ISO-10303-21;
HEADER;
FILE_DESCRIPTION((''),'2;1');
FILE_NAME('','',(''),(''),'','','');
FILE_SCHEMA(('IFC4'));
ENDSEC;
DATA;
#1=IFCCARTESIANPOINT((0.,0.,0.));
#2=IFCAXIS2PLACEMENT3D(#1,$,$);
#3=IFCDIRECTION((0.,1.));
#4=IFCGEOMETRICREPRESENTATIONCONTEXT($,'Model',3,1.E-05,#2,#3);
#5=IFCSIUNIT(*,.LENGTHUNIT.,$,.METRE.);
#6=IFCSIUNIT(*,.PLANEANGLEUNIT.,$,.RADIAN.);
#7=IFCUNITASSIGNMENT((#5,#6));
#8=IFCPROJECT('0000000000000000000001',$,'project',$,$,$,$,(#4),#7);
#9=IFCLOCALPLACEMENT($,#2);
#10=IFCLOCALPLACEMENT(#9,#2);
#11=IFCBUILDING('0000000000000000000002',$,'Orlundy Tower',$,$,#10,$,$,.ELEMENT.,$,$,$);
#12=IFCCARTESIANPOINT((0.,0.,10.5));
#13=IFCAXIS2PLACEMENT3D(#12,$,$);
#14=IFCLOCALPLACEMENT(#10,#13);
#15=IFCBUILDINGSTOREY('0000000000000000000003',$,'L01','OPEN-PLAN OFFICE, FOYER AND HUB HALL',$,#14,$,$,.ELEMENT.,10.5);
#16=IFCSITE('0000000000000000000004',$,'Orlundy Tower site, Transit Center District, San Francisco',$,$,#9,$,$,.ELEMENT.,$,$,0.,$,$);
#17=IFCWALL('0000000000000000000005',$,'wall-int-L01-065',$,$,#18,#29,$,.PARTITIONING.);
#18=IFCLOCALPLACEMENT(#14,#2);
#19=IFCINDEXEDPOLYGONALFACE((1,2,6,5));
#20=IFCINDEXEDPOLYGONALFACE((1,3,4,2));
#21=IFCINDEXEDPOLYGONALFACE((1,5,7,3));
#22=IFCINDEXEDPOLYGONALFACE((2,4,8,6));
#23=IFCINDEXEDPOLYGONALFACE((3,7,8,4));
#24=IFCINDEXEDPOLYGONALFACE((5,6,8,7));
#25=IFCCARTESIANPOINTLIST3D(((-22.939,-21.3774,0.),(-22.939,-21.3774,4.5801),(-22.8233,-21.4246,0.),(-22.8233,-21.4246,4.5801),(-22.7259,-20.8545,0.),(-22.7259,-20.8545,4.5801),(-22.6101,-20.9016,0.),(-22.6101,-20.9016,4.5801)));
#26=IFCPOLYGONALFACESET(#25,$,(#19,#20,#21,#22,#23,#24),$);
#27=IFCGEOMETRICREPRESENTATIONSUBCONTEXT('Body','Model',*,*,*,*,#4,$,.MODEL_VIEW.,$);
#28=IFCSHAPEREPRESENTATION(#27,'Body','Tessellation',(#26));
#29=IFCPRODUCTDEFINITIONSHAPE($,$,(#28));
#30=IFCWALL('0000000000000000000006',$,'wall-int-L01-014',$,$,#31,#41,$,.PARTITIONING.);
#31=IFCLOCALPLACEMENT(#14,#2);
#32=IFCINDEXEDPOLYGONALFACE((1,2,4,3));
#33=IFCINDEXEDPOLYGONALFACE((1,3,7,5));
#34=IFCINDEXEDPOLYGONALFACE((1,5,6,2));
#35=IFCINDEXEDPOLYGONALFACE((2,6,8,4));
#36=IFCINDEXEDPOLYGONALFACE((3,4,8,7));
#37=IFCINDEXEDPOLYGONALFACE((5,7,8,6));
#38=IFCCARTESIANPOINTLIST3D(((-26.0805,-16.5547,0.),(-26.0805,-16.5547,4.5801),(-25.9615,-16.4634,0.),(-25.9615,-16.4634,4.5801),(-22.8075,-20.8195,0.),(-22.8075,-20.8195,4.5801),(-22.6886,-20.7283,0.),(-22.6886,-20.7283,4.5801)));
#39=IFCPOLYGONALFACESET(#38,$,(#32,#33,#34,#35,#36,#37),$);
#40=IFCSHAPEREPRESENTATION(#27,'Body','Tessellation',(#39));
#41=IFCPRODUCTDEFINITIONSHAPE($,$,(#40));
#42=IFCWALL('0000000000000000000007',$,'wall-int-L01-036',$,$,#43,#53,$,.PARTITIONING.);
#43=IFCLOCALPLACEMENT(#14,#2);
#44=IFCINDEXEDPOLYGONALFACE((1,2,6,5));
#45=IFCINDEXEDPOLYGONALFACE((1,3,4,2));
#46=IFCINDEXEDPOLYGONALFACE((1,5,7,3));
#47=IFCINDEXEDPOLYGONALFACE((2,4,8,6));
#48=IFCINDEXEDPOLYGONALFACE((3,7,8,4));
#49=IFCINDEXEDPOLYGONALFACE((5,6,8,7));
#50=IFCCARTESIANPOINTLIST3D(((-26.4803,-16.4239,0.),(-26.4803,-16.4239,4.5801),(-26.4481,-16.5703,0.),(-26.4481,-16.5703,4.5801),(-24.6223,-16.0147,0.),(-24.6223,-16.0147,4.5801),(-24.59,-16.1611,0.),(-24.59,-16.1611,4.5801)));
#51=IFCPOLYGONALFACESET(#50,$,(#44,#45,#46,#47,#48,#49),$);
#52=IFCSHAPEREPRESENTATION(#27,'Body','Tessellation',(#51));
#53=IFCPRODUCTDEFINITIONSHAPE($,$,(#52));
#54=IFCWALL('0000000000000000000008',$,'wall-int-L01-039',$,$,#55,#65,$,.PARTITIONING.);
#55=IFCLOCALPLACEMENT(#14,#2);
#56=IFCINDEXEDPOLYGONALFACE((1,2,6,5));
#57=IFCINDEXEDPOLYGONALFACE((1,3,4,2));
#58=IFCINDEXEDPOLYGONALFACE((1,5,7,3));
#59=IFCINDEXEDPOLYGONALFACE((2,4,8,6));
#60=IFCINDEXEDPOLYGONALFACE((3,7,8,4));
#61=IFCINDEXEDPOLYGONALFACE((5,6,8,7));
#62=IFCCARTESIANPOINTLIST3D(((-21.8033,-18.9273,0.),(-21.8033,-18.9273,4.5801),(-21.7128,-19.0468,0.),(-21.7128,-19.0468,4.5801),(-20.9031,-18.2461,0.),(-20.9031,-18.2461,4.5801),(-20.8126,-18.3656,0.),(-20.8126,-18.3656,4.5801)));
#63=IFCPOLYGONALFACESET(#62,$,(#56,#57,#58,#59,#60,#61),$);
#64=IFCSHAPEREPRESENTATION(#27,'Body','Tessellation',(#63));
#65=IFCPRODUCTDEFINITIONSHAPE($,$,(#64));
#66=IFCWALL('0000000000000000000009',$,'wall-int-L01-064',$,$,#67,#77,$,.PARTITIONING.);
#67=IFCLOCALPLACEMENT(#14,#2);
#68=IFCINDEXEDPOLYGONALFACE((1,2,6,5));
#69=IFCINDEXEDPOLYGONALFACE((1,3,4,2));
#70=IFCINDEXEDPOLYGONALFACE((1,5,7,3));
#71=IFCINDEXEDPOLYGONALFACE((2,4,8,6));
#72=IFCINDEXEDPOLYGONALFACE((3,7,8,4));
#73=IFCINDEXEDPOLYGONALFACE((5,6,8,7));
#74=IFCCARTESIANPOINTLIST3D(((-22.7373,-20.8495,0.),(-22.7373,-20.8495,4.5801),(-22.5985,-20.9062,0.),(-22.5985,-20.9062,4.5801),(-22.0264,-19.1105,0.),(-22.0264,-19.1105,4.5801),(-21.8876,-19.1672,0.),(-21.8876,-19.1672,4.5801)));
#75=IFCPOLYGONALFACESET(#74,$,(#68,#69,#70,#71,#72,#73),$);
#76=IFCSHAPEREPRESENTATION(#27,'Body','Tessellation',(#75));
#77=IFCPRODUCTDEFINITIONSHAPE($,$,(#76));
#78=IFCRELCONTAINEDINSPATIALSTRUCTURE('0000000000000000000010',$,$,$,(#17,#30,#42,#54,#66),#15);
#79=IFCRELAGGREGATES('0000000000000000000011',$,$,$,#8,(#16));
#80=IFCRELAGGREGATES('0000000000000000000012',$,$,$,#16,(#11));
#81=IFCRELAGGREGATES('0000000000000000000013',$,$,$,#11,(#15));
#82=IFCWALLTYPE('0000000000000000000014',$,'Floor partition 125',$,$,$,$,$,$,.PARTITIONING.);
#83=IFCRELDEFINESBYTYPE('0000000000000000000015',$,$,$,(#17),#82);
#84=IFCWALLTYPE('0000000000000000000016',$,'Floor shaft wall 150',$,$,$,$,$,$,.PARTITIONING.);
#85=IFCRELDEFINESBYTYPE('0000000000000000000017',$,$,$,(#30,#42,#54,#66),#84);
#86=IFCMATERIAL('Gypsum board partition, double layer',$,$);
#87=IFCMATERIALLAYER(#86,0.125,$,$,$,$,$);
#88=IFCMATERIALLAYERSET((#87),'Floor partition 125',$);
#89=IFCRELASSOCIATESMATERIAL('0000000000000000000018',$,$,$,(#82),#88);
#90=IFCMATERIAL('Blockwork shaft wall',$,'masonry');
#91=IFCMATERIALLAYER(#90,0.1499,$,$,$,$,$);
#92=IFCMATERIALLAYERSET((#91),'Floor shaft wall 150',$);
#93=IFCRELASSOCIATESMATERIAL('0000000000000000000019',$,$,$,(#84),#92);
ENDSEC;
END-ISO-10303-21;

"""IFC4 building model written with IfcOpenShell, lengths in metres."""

from ifc_helpers import new_model, si_unit, direction, frame, frame_2d, origin, place, context, subcontext, project, spatial, rectangle, extrude, material, layer, layer_set, type_object, element, save


model = new_model("IFC4")

# Units and contexts
model_context = context("Model", 3, precision=1e-05, world=origin(), true_north=direction((0.0, 1.0)))
body_context = subcontext(model_context, "Body", "Model", "MODEL_VIEW")
ifc_project = project(units=[si_unit("LENGTHUNIT", "METRE"), si_unit("PLANEANGLEUNIT", "RADIAN")], contexts=[model_context])

# Site, building, storey
site_placement = place(None, origin())
site = spatial("IfcSite", under=ifc_project, at=site_placement, Name="Orlundy Tower site, Transit Center District, San Francisco", CompositionType="ELEMENT", RefElevation=0.0)
building_placement = place(site_placement, origin())
building = spatial("IfcBuilding", under=site, at=building_placement, Name="Orlundy Tower", CompositionType="ELEMENT")
storey_placement = place(building_placement, frame((0.0, 0.0, 10.5)))
storey = spatial("IfcBuildingStorey", under=building, at=storey_placement, Name="L01", Description="OPEN-PLAN OFFICE, FOYER AND HUB HALL", CompositionType="ELEMENT", Elevation=10.5)

# Shared definitions
ifc_material_1 = material(Name="Gypsum board partition, double layer")
ifc_layer_1 = layer(ifc_material_1, 0.125)
ifc_layer_set_1 = layer_set([ifc_layer_1], Name="Floor partition 125")
wall_type_1 = type_object("IfcWallType", Name="Floor partition 125", PredefinedType="PARTITIONING", material=ifc_layer_set_1)

# Walls
wall_1_placement = place(storey_placement, frame((-22.8811, -21.4009, 0.0), z_axis=(0.0, 0.0, 1.0), x_axis=(0.37742, 0.926042, 0.0)))
element("IfcWall", 1, at=wall_1_placement, inside=storey, type_object=wall_type_1, Name="wall-int-L01-065", PredefinedType="PARTITIONING", context=body_context, shape_type="SweptSolid", body=[
    extrude(rectangle(XDim=0.5647, YDim=0.125, at=frame_2d((0.2822, 0.0))), origin(), (0.0, 0.0, 1.0), 4.5801),
])
ifc_material_2 = material(Name="Blockwork shaft wall", Category="masonry")
ifc_layer_2 = layer(ifc_material_2, 0.1499)
ifc_layer_set_2 = layer_set([ifc_layer_2], Name="Floor shaft wall 150")
wall_type_2 = type_object("IfcWallType", Name="Floor shaft wall 150", PredefinedType="PARTITIONING", material=ifc_layer_set_2)
wall_2_placement = place(storey_placement, frame((-26.021, -16.509, 0.0), z_axis=(0.0, 0.0, 1.0), x_axis=(0.608806, -0.793319, 0.0)))
element("IfcWall", 2, at=wall_2_placement, inside=storey, type_object=wall_type_2, Name="wall-int-L01-014", PredefinedType="PARTITIONING", context=body_context, shape_type="SweptSolid", body=[
    extrude(rectangle(XDim=5.376, YDim=0.1499, at=frame_2d((2.688, 0.0))), origin(), (0.0, 0.0, 1.0), 4.5801),
])
wall_3_placement = place(storey_placement, frame((-26.4641, -16.4971, 0.0), z_axis=(0.0, 0.0, 1.0), x_axis=(0.976602, 0.215055, 0.0)))
element("IfcWall", 3, at=wall_3_placement, inside=storey, type_object=wall_type_2, Name="wall-int-L01-036", PredefinedType="PARTITIONING", context=body_context, shape_type="SweptSolid", body=[
    extrude(rectangle(XDim=1.9026, YDim=0.1499, at=frame_2d((0.9512, 0.0))), origin(), (0.0, 0.0, 1.0), 4.5801),
])
wall_4_placement = place(storey_placement, frame((-21.7581, -18.9871, 0.0), z_axis=(0.0, 0.0, 1.0), x_axis=(0.797423, 0.60342, 0.0)))
element("IfcWall", 4, at=wall_4_placement, inside=storey, type_object=wall_type_2, Name="wall-int-L01-039", PredefinedType="PARTITIONING", context=body_context, shape_type="SweptSolid", body=[
    extrude(rectangle(XDim=1.1289, YDim=0.1499, at=frame_2d((0.5645, 0.0))), origin(), (0.0, 0.0, 1.0), 4.5801),
])
wall_5_placement = place(storey_placement, frame((-22.668, -20.8779, 0.0), z_axis=(0.0, 0.0, 1.0), x_axis=(0.378415, 0.925636, 0.0)))
element("IfcWall", 5, at=wall_5_placement, inside=storey, type_object=wall_type_2, Name="wall-int-L01-064", PredefinedType="PARTITIONING", context=body_context, shape_type="SweptSolid", body=[
    extrude(rectangle(XDim=1.8787, YDim=0.1499, at=frame_2d((0.9395, 0.0))), origin(), (0.0, 0.0, 1.0), 4.5801),
])

save(model, "model.ifc")
